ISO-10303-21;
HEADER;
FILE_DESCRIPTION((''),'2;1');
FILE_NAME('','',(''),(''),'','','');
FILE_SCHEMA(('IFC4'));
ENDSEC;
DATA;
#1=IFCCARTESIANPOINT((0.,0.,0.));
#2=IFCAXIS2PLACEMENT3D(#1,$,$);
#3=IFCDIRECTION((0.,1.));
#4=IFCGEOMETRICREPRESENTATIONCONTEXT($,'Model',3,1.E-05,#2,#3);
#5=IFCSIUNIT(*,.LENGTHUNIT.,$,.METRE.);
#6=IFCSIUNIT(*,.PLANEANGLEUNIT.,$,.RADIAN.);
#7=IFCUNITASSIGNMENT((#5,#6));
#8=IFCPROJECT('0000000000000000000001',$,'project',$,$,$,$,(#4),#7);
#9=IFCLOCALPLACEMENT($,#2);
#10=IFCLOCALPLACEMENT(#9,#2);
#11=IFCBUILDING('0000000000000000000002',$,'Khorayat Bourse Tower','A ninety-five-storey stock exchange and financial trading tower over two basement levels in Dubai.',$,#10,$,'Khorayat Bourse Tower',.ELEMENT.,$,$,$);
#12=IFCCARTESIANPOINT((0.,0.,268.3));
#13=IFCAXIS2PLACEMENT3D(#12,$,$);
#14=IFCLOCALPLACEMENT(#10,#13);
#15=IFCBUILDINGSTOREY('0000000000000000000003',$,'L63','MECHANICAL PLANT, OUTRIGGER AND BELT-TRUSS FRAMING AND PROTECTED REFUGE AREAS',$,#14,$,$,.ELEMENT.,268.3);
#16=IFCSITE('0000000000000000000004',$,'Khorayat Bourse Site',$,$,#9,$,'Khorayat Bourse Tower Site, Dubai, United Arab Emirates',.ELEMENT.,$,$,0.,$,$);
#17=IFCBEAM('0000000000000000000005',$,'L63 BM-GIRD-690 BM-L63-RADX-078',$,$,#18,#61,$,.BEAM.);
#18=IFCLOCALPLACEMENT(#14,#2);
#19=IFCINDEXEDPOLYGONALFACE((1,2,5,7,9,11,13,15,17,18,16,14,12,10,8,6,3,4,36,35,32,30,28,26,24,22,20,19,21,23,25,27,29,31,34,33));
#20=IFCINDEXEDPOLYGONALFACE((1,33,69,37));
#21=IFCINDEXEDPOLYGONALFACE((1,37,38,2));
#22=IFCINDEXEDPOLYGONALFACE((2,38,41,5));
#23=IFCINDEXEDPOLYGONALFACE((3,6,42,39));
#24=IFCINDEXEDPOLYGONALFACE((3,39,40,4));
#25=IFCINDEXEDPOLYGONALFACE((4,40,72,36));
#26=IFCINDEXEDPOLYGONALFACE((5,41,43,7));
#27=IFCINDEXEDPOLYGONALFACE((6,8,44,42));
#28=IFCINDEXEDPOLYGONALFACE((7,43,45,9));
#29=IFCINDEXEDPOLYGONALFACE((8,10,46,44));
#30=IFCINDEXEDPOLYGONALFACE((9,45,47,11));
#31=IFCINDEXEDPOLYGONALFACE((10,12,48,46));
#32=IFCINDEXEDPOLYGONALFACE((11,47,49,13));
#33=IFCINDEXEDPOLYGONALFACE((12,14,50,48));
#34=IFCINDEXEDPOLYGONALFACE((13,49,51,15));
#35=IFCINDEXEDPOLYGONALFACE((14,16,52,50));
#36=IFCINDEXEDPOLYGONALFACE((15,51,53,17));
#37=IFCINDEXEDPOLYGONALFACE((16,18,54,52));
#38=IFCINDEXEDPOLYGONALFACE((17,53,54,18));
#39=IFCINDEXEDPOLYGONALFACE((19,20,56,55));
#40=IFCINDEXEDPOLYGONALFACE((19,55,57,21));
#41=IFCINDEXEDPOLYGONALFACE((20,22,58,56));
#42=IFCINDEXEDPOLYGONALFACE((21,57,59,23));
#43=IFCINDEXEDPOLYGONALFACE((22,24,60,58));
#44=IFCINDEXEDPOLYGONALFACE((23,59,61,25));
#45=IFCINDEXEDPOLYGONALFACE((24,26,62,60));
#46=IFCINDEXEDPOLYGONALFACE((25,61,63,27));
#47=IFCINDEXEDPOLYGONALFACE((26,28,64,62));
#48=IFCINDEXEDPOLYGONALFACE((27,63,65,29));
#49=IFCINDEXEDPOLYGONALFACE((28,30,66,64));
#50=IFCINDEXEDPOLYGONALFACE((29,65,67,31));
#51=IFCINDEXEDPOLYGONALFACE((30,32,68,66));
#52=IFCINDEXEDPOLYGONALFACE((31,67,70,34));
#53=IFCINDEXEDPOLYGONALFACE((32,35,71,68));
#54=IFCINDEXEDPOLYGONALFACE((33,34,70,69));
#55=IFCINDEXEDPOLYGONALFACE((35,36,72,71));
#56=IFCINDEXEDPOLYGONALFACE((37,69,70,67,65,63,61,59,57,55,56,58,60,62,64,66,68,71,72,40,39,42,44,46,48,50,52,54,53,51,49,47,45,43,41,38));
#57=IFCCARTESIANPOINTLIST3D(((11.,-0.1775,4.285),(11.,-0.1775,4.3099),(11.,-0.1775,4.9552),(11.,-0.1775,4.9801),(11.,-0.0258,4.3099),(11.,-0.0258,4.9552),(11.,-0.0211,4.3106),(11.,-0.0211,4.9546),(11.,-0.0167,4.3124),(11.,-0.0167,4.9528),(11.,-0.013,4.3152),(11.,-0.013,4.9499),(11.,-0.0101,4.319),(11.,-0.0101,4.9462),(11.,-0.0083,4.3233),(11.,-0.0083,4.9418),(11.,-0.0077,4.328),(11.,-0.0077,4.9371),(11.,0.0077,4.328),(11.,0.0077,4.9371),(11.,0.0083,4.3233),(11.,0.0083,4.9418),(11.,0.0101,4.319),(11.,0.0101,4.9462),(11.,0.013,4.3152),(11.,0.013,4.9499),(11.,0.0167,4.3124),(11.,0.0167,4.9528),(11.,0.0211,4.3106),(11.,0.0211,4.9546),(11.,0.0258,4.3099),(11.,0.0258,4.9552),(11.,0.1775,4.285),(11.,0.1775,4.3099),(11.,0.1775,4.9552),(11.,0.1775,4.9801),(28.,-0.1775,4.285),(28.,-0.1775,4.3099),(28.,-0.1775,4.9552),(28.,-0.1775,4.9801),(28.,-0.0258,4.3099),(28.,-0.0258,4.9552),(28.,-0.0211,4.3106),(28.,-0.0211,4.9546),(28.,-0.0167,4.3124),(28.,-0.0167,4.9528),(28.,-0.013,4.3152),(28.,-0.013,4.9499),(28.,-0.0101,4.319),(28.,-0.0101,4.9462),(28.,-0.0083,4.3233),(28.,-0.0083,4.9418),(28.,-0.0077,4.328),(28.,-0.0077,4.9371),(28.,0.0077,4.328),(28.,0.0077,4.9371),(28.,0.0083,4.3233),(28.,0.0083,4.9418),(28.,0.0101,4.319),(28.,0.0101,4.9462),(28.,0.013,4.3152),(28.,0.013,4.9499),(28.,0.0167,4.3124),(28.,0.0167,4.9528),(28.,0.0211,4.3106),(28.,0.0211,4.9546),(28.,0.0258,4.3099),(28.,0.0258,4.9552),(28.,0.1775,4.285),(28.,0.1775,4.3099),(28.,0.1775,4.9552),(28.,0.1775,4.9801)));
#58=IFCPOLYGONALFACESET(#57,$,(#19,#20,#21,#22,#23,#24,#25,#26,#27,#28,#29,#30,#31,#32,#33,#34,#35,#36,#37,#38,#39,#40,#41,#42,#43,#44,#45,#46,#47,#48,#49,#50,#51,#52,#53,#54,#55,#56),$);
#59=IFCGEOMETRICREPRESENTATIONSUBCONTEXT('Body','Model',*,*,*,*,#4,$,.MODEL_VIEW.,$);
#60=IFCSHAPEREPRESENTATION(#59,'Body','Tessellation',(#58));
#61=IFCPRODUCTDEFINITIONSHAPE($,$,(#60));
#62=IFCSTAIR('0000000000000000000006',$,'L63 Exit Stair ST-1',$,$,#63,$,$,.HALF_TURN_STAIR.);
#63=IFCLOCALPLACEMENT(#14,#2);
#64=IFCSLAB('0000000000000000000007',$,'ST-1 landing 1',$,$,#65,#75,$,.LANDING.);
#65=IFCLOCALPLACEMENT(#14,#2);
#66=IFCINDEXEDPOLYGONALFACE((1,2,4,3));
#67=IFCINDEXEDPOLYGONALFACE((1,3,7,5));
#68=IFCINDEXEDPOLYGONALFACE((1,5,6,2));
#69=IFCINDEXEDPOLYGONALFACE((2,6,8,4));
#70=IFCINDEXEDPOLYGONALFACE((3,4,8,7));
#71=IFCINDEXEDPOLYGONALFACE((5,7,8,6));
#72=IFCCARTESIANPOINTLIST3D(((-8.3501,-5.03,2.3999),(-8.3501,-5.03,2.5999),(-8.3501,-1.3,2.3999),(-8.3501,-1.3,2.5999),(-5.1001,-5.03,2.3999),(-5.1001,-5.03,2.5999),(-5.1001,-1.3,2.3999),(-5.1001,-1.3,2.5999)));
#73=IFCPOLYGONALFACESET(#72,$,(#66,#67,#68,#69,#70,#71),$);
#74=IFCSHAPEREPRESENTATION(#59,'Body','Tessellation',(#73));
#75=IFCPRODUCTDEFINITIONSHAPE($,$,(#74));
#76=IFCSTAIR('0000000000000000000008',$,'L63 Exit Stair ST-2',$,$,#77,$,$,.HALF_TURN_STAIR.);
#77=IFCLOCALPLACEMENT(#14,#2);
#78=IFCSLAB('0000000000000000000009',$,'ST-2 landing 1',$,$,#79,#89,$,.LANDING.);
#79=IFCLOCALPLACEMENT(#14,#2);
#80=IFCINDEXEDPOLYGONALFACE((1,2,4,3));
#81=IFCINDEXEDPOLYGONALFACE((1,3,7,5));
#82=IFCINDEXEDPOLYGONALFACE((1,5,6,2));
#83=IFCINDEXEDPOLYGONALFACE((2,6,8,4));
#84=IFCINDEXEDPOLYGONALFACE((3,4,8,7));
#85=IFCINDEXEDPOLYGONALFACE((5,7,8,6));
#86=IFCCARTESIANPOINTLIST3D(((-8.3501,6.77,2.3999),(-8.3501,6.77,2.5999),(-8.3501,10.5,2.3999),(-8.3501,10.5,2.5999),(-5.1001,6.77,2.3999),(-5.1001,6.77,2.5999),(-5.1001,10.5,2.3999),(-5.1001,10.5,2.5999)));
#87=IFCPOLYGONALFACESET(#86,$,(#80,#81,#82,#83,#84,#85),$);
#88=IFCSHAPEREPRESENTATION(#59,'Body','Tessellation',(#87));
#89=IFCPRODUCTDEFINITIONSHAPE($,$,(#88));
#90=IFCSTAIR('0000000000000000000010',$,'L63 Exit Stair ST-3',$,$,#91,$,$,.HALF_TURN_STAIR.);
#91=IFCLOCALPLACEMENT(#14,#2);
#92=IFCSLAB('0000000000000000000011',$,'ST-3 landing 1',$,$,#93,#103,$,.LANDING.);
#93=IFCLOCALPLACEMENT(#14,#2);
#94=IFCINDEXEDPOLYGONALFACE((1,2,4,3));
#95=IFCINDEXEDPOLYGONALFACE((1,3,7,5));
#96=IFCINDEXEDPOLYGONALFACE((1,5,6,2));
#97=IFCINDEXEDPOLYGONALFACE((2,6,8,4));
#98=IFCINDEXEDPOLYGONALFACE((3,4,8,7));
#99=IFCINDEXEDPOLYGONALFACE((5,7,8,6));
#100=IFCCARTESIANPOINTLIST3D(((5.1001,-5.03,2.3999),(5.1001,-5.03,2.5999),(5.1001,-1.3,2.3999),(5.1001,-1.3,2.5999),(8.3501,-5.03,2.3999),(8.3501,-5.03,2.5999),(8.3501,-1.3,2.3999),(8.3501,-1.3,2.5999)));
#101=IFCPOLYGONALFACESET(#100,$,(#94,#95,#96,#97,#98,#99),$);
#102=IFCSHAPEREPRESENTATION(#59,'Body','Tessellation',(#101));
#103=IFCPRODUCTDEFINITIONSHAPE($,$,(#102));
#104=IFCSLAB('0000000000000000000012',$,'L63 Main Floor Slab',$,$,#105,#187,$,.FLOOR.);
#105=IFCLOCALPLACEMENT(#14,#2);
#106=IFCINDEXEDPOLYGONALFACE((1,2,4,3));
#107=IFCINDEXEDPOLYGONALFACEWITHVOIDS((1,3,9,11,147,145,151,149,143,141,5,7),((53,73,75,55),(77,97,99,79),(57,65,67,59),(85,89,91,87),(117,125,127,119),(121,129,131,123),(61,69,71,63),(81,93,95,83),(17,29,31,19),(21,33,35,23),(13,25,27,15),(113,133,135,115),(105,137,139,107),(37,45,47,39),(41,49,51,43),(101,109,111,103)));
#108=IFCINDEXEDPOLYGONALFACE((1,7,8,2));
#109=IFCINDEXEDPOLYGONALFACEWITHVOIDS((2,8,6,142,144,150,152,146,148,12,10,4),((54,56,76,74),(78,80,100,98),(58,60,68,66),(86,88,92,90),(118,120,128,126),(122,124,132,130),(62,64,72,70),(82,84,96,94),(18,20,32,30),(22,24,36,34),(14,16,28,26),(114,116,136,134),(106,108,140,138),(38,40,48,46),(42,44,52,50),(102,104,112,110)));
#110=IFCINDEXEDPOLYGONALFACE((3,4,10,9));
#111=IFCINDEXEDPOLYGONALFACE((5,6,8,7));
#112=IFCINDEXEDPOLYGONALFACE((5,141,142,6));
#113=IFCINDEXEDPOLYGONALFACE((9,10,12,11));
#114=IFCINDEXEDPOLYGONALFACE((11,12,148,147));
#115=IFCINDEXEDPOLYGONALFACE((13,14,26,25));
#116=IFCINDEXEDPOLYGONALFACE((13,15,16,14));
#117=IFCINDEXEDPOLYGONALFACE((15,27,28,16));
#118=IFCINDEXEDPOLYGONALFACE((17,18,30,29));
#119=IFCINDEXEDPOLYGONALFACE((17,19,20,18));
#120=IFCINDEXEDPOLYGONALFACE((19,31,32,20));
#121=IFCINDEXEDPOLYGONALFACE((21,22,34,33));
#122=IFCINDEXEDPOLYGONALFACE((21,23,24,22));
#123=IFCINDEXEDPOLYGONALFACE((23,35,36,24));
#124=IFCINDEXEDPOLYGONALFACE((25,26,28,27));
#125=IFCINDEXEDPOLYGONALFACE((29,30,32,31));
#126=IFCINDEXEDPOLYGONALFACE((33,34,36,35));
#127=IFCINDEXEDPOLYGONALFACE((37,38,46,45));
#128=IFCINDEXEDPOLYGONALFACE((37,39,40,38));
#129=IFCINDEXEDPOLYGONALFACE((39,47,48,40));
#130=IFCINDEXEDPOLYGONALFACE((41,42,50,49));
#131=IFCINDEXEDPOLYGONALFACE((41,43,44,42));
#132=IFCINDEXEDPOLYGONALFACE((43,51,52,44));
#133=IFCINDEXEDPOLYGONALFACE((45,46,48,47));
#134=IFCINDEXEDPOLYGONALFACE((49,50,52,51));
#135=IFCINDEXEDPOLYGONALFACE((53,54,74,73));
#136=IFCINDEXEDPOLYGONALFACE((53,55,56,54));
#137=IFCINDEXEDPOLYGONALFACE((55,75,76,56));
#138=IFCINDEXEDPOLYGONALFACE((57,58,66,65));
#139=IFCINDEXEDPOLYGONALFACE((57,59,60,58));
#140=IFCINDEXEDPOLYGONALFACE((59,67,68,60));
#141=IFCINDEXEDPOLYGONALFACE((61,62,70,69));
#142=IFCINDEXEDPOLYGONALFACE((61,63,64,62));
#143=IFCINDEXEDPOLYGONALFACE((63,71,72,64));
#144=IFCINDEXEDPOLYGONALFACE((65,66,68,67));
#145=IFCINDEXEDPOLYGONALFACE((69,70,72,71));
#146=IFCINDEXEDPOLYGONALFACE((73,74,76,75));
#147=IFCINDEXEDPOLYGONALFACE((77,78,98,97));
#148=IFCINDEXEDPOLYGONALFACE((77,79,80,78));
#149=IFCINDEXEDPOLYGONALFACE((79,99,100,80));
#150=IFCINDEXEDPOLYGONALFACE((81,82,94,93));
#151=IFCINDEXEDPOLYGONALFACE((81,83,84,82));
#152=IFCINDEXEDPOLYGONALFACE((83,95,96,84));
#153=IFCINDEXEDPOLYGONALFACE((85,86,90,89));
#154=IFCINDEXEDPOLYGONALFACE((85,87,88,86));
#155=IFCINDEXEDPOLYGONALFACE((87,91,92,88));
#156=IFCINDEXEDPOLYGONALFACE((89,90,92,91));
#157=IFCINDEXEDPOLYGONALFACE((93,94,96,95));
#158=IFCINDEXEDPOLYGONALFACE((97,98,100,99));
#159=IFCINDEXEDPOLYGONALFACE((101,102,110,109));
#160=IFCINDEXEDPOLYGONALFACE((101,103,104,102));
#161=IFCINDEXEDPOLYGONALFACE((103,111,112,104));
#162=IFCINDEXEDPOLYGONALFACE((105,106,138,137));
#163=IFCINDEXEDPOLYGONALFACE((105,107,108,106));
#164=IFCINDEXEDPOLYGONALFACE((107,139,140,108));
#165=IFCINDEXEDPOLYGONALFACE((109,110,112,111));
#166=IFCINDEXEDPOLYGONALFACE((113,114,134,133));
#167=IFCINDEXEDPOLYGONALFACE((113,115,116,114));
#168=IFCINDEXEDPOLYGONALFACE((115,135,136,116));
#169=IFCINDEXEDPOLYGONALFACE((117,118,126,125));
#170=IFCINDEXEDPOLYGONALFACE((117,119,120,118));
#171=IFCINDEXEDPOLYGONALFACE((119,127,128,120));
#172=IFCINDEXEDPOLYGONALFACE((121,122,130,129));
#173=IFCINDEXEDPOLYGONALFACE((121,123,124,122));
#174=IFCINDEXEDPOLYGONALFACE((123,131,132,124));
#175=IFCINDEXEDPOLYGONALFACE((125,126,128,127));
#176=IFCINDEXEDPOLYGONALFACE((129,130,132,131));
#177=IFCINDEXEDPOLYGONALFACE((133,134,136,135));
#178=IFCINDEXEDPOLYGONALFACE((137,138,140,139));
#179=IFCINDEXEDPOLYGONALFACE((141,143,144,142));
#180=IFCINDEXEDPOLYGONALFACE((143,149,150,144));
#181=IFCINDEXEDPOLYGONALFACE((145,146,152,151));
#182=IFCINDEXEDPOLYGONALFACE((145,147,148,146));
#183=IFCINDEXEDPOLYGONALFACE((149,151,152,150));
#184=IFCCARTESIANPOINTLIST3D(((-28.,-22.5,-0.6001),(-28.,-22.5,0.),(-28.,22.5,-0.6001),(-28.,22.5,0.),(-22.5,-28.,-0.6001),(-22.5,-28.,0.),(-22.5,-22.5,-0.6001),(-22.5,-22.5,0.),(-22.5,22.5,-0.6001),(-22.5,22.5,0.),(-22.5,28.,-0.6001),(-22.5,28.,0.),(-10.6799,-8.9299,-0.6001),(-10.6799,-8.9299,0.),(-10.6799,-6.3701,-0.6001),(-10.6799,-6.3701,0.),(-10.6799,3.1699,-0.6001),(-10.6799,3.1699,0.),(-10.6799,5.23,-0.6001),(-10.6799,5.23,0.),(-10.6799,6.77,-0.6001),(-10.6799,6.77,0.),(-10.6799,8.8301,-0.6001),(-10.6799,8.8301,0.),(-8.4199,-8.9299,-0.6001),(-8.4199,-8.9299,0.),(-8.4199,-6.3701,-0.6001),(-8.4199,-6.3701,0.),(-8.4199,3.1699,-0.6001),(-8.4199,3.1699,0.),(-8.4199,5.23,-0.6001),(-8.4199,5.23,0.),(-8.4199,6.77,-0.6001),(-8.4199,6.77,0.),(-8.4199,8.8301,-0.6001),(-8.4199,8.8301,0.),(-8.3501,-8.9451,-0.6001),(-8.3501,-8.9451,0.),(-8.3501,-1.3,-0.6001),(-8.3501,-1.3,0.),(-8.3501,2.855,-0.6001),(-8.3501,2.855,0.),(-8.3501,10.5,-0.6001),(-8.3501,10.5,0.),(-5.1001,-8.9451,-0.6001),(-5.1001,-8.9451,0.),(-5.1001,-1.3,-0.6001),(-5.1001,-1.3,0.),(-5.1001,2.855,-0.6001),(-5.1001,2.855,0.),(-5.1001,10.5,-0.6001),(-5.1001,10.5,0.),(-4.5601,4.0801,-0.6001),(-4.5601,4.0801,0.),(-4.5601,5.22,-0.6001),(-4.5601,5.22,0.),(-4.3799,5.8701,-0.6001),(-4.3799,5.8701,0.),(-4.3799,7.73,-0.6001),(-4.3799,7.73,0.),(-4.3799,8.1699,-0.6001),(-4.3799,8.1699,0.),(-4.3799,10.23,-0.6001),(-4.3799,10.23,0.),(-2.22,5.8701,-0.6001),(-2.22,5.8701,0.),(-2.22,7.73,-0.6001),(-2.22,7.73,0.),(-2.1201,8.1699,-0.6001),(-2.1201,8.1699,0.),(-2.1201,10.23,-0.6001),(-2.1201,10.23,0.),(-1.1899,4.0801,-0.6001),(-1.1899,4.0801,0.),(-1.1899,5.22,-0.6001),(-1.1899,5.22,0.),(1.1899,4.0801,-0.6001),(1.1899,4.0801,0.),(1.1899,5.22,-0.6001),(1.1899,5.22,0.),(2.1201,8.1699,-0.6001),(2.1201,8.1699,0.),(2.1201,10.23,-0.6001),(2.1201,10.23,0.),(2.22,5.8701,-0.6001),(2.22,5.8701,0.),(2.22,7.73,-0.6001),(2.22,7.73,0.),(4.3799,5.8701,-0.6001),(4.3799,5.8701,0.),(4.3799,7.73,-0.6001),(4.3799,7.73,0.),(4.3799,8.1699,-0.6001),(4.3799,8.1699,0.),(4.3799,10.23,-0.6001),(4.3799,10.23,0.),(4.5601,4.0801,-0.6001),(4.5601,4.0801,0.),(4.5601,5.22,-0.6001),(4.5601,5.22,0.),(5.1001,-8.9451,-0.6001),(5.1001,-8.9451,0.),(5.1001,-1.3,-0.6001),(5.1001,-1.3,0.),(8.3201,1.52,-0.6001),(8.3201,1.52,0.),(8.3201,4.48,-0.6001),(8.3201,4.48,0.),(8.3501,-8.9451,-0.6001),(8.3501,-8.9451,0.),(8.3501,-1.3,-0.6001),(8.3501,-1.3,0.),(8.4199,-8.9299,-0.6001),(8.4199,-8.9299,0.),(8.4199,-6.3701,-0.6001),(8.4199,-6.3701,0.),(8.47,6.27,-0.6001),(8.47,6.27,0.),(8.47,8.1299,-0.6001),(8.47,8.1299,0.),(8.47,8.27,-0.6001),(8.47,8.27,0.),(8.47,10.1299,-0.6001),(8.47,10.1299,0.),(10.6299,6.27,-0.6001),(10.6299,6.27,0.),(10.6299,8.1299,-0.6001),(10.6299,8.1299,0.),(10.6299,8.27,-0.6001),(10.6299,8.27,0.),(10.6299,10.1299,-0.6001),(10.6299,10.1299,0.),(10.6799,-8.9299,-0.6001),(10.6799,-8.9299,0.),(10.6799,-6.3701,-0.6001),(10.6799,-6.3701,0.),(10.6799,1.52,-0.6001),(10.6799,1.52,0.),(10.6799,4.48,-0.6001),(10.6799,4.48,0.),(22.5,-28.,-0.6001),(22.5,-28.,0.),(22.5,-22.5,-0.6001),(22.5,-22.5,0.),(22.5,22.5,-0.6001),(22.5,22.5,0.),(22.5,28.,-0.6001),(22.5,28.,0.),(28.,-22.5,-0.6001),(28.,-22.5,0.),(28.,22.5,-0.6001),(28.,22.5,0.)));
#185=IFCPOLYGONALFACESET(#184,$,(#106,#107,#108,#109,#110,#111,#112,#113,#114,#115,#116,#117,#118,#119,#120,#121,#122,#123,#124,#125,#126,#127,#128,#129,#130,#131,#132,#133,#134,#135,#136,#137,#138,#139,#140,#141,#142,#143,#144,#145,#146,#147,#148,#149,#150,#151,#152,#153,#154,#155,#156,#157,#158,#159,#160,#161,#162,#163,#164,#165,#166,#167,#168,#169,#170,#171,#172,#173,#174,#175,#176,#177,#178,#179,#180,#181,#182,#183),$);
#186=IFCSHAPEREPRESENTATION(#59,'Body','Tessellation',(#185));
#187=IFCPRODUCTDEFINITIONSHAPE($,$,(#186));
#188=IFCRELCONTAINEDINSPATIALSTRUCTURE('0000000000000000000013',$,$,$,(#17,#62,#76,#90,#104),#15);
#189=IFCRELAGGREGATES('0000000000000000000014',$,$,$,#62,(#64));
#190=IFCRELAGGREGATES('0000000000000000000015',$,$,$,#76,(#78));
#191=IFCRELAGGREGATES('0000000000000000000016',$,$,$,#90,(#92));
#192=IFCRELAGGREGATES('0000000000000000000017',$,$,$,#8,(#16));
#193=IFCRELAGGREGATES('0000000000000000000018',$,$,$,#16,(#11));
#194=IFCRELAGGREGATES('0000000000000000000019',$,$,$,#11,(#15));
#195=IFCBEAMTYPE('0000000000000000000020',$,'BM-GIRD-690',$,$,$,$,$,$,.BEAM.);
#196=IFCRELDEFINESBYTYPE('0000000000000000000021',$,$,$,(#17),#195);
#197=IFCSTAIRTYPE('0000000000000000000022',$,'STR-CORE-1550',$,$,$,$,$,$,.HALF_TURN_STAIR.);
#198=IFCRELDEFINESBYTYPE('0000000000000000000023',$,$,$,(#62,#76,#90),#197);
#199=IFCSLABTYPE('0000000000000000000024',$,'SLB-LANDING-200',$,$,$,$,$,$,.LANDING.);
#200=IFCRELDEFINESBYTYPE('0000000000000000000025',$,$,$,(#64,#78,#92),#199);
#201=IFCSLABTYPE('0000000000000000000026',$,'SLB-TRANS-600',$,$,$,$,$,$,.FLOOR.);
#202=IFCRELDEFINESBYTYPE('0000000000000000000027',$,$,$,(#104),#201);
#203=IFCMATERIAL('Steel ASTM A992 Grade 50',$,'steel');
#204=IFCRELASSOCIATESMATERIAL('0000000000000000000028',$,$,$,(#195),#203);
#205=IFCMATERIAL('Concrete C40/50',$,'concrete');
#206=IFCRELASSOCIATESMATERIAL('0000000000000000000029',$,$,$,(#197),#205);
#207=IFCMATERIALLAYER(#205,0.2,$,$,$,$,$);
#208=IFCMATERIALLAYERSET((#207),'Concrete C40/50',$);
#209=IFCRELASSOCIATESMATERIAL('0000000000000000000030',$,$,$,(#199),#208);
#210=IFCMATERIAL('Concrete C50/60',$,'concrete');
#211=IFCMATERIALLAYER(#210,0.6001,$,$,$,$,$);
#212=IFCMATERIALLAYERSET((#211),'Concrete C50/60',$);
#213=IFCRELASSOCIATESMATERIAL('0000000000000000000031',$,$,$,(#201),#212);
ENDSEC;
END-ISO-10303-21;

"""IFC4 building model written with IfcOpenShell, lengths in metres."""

from ifc_helpers import new_model, si_unit, direction, frame, origin, origin_2d, place, context, subcontext, project, spatial, polyline, i_section, outline, extrude, source, transform, mapped, material, layer, layer_set, material_profile, profile_set, type_object, element, aggregate, save


model = new_model("IFC4")

# Units and contexts
model_context = context("Model", 3, precision=1e-05, world=origin(), true_north=direction((0.0, 1.0)))
body_context = subcontext(model_context, "Body", "Model", "MODEL_VIEW")
ifc_project = project(units=[si_unit("LENGTHUNIT", "METRE"), si_unit("PLANEANGLEUNIT", "RADIAN")], contexts=[model_context])

# Site, building, storey
site_placement = place(None, origin())
site = spatial("IfcSite", under=ifc_project, at=site_placement, Name="Khorayat Bourse Site", LongName="Khorayat Bourse Tower Site, Dubai, United Arab Emirates", CompositionType="ELEMENT", RefElevation=0.0)
building_placement = place(site_placement, origin())
building = spatial("IfcBuilding", under=site, at=building_placement, Name="Khorayat Bourse Tower", Description="A ninety-five-storey stock exchange and financial trading tower over two basement levels in Dubai.", LongName="Khorayat Bourse Tower", CompositionType="ELEMENT")
storey_placement = place(building_placement, frame((0.0, 0.0, 268.3)))
storey = spatial("IfcBuildingStorey", under=building, at=storey_placement, Name="L63", Description="MECHANICAL PLANT, OUTRIGGER AND BELT-TRUSS FRAMING AND PROTECTED REFUGE AREAS", CompositionType="ELEMENT", Elevation=268.3)

# Beam
ifc_material_1 = material(Name="Steel ASTM A992 Grade 50", Category="steel")
ifc_material_profile_1 = material_profile(ifc_material_1, i_section(OverallWidth=0.355, OverallDepth=0.6951, WebThickness=0.0154, FlangeThickness=0.0249, FilletRadius=0.0181, at=origin_2d()), Name="W690X217")
ifc_profile_set_1 = profile_set([ifc_material_profile_1], Name="Steel ASTM A992 Grade 50")
beam_type_1 = type_object("IfcBeamType", Name="BM-GIRD-690", PredefinedType="BEAM", material=ifc_profile_set_1)
shared_shape_1 = source(origin(), body_context, "Body", "SweptSolid", [
    extrude(i_section(OverallWidth=0.355, OverallDepth=0.6951, WebThickness=0.0154, FlangeThickness=0.0249, FilletRadius=0.0181, at=origin_2d()), origin(), (0.0, 0.0, 1.0), 17.0),
])
beam_1_placement = place(storey_placement, frame((11.0, 0.0, 4.6326), z_axis=(1.0, 0.0, 0.0), x_axis=(0.0, 1.0, 0.0)))
element("IfcBeam", 1, at=beam_1_placement, inside=storey, type_object=beam_type_1, Name="L63 BM-GIRD-690 BM-L63-RADX-078", PredefinedType="BEAM", context=body_context, shape_type="MappedRepresentation", body=[
    mapped(shared_shape_1, transform((0.0, 0.0, 0.0), scale=1.0)),
])

# Stairs, slabs
ifc_material_2 = material(Name="Concrete C40/50", Category="concrete")
stair_type = type_object("IfcStairType", Name="STR-CORE-1550", PredefinedType="HALF_TURN_STAIR", material=ifc_material_2)
stair_1_placement = place(storey_placement, origin())
stair_1 = element("IfcStair", 2, at=stair_1_placement, inside=storey, type_object=stair_type, Name="L63 Exit Stair ST-1", PredefinedType="HALF_TURN_STAIR")
ifc_layer_1 = layer(ifc_material_2, 0.2)
ifc_layer_set_1 = layer_set([ifc_layer_1], Name="Concrete C40/50")
slab_type_1 = type_object("IfcSlabType", Name="SLB-LANDING-200", PredefinedType="LANDING", material=ifc_layer_set_1)
slab_1_placement = place(storey_placement, frame((0.0, 0.0, 2.3999)))
slab_1 = element("IfcSlab", 3, at=slab_1_placement, type_object=slab_type_1, Name="ST-1 landing 1", PredefinedType="LANDING", context=body_context, shape_type="SweptSolid", body=[
    extrude(outline(polyline([(-5.1001, -5.03), (-5.1001, -1.3), (-8.3501, -1.3), (-8.3501, -5.03), (-5.1001, -5.03)])), origin(), (0.0, 0.0, 1.0), 0.2),
])
aggregate(stair_1, [slab_1])
stair_2_placement = place(storey_placement, origin())
stair_2 = element("IfcStair", 4, at=stair_2_placement, inside=storey, type_object=stair_type, Name="L63 Exit Stair ST-2", PredefinedType="HALF_TURN_STAIR")
slab_2_placement = place(storey_placement, frame((0.0, 0.0, 2.3999)))
slab_2 = element("IfcSlab", 5, at=slab_2_placement, type_object=slab_type_1, Name="ST-2 landing 1", PredefinedType="LANDING", context=body_context, shape_type="SweptSolid", body=[
    extrude(outline(polyline([(-5.1001, 6.77), (-5.1001, 10.5), (-8.3501, 10.5), (-8.3501, 6.77), (-5.1001, 6.77)])), origin(), (0.0, 0.0, 1.0), 0.2),
])
aggregate(stair_2, [slab_2])
stair_3_placement = place(storey_placement, origin())
stair_3 = element("IfcStair", 6, at=stair_3_placement, inside=storey, type_object=stair_type, Name="L63 Exit Stair ST-3", PredefinedType="HALF_TURN_STAIR")
slab_3_placement = place(storey_placement, frame((0.0, 0.0, 2.3999)))
slab_3 = element("IfcSlab", 7, at=slab_3_placement, type_object=slab_type_1, Name="ST-3 landing 1", PredefinedType="LANDING", context=body_context, shape_type="SweptSolid", body=[
    extrude(outline(polyline([(8.3501, -5.03), (8.3501, -1.3), (5.1001, -1.3), (5.1001, -5.03), (8.3501, -5.03)])), origin(), (0.0, 0.0, 1.0), 0.2),
])
aggregate(stair_3, [slab_3])

# Slab
ifc_material_3 = material(Name="Concrete C50/60", Category="concrete")
ifc_layer_2 = layer(ifc_material_3, 0.6001)
ifc_layer_set_2 = layer_set([ifc_layer_2], Name="Concrete C50/60")
slab_type_2 = type_object("IfcSlabType", Name="SLB-TRANS-600", PredefinedType="FLOOR", material=ifc_layer_set_2)
slab_4_placement = place(storey_placement, frame((0.0, 0.0, -0.6001)))
element("IfcSlab", 8, at=slab_4_placement, inside=storey, type_object=slab_type_2, Name="L63 Main Floor Slab", PredefinedType="FLOOR", context=body_context, shape_type="SweptSolid", body=[
    extrude(outline(polyline([(-22.5, -28.0), (22.5, -28.0), (22.5, -22.5), (28.0, -22.5), (28.0, 22.5), (22.5, 22.5), (22.5, 28.0), (-22.5, 28.0), (-22.5, 22.5), (-28.0, 22.5), (-28.0, -22.5), (-22.5, -22.5), (-22.5, -28.0)]), holes=[polyline([(-8.3501, -8.9451), (-5.1001, -8.9451), (-5.1001, -1.3), (-8.3501, -1.3), (-8.3501, -8.9451)]), polyline([(-8.3501, 2.855), (-5.1001, 2.855), (-5.1001, 10.5), (-8.3501, 10.5), (-8.3501, 2.855)]), polyline([(5.1001, -8.9451), (8.3501, -8.9451), (8.3501, -1.3), (5.1001, -1.3), (5.1001, -8.9451)]), polyline([(-4.3799, 8.1699), (-2.1201, 8.1699), (-2.1201, 10.23), (-4.3799, 10.23), (-4.3799, 8.1699)]), polyline([(2.1201, 8.1699), (4.3799, 8.1699), (4.3799, 10.23), (2.1201, 10.23), (2.1201, 8.1699)]), polyline([(-4.3799, 5.8701), (-2.22, 5.8701), (-2.22, 7.73), (-4.3799, 7.73), (-4.3799, 5.8701)]), polyline([(2.22, 5.8701), (4.3799, 5.8701), (4.3799, 7.73), (2.22, 7.73), (2.22, 5.8701)]), polyline([(-10.6799, 3.1699), (-8.4199, 3.1699), (-8.4199, 5.23), (-10.6799, 5.23), (-10.6799, 3.1699)]), polyline([(-10.6799, 6.77), (-8.4199, 6.77), (-8.4199, 8.8301), (-10.6799, 8.8301), (-10.6799, 6.77)]), polyline([(8.47, 6.27), (10.6299, 6.27), (10.6299, 8.1299), (8.47, 8.1299), (8.47, 6.27)]), polyline([(8.47, 8.27), (10.6299, 8.27), (10.6299, 10.1299), (8.47, 10.1299), (8.47, 8.27)]), polyline([(-10.6799, -8.9299), (-8.4199, -8.9299), (-8.4199, -6.3701), (-10.6799, -6.3701), (-10.6799, -8.9299)]), polyline([(8.4199, -8.9299), (10.6799, -8.9299), (10.6799, -6.3701), (8.4199, -6.3701), (8.4199, -8.9299)]), polyline([(8.3201, 1.52), (10.6799, 1.52), (10.6799, 4.48), (8.3201, 4.48), (8.3201, 1.52)]), polyline([(-4.5601, 4.0801), (-1.1899, 4.0801), (-1.1899, 5.22), (-4.5601, 5.22), (-4.5601, 4.0801)]), polyline([(1.1899, 4.0801), (4.5601, 4.0801), (4.5601, 5.22), (1.1899, 5.22), (1.1899, 4.0801)])]), origin(), (0.0, 0.0, 1.0), 0.6001),
])

save(model, "model.ifc")
